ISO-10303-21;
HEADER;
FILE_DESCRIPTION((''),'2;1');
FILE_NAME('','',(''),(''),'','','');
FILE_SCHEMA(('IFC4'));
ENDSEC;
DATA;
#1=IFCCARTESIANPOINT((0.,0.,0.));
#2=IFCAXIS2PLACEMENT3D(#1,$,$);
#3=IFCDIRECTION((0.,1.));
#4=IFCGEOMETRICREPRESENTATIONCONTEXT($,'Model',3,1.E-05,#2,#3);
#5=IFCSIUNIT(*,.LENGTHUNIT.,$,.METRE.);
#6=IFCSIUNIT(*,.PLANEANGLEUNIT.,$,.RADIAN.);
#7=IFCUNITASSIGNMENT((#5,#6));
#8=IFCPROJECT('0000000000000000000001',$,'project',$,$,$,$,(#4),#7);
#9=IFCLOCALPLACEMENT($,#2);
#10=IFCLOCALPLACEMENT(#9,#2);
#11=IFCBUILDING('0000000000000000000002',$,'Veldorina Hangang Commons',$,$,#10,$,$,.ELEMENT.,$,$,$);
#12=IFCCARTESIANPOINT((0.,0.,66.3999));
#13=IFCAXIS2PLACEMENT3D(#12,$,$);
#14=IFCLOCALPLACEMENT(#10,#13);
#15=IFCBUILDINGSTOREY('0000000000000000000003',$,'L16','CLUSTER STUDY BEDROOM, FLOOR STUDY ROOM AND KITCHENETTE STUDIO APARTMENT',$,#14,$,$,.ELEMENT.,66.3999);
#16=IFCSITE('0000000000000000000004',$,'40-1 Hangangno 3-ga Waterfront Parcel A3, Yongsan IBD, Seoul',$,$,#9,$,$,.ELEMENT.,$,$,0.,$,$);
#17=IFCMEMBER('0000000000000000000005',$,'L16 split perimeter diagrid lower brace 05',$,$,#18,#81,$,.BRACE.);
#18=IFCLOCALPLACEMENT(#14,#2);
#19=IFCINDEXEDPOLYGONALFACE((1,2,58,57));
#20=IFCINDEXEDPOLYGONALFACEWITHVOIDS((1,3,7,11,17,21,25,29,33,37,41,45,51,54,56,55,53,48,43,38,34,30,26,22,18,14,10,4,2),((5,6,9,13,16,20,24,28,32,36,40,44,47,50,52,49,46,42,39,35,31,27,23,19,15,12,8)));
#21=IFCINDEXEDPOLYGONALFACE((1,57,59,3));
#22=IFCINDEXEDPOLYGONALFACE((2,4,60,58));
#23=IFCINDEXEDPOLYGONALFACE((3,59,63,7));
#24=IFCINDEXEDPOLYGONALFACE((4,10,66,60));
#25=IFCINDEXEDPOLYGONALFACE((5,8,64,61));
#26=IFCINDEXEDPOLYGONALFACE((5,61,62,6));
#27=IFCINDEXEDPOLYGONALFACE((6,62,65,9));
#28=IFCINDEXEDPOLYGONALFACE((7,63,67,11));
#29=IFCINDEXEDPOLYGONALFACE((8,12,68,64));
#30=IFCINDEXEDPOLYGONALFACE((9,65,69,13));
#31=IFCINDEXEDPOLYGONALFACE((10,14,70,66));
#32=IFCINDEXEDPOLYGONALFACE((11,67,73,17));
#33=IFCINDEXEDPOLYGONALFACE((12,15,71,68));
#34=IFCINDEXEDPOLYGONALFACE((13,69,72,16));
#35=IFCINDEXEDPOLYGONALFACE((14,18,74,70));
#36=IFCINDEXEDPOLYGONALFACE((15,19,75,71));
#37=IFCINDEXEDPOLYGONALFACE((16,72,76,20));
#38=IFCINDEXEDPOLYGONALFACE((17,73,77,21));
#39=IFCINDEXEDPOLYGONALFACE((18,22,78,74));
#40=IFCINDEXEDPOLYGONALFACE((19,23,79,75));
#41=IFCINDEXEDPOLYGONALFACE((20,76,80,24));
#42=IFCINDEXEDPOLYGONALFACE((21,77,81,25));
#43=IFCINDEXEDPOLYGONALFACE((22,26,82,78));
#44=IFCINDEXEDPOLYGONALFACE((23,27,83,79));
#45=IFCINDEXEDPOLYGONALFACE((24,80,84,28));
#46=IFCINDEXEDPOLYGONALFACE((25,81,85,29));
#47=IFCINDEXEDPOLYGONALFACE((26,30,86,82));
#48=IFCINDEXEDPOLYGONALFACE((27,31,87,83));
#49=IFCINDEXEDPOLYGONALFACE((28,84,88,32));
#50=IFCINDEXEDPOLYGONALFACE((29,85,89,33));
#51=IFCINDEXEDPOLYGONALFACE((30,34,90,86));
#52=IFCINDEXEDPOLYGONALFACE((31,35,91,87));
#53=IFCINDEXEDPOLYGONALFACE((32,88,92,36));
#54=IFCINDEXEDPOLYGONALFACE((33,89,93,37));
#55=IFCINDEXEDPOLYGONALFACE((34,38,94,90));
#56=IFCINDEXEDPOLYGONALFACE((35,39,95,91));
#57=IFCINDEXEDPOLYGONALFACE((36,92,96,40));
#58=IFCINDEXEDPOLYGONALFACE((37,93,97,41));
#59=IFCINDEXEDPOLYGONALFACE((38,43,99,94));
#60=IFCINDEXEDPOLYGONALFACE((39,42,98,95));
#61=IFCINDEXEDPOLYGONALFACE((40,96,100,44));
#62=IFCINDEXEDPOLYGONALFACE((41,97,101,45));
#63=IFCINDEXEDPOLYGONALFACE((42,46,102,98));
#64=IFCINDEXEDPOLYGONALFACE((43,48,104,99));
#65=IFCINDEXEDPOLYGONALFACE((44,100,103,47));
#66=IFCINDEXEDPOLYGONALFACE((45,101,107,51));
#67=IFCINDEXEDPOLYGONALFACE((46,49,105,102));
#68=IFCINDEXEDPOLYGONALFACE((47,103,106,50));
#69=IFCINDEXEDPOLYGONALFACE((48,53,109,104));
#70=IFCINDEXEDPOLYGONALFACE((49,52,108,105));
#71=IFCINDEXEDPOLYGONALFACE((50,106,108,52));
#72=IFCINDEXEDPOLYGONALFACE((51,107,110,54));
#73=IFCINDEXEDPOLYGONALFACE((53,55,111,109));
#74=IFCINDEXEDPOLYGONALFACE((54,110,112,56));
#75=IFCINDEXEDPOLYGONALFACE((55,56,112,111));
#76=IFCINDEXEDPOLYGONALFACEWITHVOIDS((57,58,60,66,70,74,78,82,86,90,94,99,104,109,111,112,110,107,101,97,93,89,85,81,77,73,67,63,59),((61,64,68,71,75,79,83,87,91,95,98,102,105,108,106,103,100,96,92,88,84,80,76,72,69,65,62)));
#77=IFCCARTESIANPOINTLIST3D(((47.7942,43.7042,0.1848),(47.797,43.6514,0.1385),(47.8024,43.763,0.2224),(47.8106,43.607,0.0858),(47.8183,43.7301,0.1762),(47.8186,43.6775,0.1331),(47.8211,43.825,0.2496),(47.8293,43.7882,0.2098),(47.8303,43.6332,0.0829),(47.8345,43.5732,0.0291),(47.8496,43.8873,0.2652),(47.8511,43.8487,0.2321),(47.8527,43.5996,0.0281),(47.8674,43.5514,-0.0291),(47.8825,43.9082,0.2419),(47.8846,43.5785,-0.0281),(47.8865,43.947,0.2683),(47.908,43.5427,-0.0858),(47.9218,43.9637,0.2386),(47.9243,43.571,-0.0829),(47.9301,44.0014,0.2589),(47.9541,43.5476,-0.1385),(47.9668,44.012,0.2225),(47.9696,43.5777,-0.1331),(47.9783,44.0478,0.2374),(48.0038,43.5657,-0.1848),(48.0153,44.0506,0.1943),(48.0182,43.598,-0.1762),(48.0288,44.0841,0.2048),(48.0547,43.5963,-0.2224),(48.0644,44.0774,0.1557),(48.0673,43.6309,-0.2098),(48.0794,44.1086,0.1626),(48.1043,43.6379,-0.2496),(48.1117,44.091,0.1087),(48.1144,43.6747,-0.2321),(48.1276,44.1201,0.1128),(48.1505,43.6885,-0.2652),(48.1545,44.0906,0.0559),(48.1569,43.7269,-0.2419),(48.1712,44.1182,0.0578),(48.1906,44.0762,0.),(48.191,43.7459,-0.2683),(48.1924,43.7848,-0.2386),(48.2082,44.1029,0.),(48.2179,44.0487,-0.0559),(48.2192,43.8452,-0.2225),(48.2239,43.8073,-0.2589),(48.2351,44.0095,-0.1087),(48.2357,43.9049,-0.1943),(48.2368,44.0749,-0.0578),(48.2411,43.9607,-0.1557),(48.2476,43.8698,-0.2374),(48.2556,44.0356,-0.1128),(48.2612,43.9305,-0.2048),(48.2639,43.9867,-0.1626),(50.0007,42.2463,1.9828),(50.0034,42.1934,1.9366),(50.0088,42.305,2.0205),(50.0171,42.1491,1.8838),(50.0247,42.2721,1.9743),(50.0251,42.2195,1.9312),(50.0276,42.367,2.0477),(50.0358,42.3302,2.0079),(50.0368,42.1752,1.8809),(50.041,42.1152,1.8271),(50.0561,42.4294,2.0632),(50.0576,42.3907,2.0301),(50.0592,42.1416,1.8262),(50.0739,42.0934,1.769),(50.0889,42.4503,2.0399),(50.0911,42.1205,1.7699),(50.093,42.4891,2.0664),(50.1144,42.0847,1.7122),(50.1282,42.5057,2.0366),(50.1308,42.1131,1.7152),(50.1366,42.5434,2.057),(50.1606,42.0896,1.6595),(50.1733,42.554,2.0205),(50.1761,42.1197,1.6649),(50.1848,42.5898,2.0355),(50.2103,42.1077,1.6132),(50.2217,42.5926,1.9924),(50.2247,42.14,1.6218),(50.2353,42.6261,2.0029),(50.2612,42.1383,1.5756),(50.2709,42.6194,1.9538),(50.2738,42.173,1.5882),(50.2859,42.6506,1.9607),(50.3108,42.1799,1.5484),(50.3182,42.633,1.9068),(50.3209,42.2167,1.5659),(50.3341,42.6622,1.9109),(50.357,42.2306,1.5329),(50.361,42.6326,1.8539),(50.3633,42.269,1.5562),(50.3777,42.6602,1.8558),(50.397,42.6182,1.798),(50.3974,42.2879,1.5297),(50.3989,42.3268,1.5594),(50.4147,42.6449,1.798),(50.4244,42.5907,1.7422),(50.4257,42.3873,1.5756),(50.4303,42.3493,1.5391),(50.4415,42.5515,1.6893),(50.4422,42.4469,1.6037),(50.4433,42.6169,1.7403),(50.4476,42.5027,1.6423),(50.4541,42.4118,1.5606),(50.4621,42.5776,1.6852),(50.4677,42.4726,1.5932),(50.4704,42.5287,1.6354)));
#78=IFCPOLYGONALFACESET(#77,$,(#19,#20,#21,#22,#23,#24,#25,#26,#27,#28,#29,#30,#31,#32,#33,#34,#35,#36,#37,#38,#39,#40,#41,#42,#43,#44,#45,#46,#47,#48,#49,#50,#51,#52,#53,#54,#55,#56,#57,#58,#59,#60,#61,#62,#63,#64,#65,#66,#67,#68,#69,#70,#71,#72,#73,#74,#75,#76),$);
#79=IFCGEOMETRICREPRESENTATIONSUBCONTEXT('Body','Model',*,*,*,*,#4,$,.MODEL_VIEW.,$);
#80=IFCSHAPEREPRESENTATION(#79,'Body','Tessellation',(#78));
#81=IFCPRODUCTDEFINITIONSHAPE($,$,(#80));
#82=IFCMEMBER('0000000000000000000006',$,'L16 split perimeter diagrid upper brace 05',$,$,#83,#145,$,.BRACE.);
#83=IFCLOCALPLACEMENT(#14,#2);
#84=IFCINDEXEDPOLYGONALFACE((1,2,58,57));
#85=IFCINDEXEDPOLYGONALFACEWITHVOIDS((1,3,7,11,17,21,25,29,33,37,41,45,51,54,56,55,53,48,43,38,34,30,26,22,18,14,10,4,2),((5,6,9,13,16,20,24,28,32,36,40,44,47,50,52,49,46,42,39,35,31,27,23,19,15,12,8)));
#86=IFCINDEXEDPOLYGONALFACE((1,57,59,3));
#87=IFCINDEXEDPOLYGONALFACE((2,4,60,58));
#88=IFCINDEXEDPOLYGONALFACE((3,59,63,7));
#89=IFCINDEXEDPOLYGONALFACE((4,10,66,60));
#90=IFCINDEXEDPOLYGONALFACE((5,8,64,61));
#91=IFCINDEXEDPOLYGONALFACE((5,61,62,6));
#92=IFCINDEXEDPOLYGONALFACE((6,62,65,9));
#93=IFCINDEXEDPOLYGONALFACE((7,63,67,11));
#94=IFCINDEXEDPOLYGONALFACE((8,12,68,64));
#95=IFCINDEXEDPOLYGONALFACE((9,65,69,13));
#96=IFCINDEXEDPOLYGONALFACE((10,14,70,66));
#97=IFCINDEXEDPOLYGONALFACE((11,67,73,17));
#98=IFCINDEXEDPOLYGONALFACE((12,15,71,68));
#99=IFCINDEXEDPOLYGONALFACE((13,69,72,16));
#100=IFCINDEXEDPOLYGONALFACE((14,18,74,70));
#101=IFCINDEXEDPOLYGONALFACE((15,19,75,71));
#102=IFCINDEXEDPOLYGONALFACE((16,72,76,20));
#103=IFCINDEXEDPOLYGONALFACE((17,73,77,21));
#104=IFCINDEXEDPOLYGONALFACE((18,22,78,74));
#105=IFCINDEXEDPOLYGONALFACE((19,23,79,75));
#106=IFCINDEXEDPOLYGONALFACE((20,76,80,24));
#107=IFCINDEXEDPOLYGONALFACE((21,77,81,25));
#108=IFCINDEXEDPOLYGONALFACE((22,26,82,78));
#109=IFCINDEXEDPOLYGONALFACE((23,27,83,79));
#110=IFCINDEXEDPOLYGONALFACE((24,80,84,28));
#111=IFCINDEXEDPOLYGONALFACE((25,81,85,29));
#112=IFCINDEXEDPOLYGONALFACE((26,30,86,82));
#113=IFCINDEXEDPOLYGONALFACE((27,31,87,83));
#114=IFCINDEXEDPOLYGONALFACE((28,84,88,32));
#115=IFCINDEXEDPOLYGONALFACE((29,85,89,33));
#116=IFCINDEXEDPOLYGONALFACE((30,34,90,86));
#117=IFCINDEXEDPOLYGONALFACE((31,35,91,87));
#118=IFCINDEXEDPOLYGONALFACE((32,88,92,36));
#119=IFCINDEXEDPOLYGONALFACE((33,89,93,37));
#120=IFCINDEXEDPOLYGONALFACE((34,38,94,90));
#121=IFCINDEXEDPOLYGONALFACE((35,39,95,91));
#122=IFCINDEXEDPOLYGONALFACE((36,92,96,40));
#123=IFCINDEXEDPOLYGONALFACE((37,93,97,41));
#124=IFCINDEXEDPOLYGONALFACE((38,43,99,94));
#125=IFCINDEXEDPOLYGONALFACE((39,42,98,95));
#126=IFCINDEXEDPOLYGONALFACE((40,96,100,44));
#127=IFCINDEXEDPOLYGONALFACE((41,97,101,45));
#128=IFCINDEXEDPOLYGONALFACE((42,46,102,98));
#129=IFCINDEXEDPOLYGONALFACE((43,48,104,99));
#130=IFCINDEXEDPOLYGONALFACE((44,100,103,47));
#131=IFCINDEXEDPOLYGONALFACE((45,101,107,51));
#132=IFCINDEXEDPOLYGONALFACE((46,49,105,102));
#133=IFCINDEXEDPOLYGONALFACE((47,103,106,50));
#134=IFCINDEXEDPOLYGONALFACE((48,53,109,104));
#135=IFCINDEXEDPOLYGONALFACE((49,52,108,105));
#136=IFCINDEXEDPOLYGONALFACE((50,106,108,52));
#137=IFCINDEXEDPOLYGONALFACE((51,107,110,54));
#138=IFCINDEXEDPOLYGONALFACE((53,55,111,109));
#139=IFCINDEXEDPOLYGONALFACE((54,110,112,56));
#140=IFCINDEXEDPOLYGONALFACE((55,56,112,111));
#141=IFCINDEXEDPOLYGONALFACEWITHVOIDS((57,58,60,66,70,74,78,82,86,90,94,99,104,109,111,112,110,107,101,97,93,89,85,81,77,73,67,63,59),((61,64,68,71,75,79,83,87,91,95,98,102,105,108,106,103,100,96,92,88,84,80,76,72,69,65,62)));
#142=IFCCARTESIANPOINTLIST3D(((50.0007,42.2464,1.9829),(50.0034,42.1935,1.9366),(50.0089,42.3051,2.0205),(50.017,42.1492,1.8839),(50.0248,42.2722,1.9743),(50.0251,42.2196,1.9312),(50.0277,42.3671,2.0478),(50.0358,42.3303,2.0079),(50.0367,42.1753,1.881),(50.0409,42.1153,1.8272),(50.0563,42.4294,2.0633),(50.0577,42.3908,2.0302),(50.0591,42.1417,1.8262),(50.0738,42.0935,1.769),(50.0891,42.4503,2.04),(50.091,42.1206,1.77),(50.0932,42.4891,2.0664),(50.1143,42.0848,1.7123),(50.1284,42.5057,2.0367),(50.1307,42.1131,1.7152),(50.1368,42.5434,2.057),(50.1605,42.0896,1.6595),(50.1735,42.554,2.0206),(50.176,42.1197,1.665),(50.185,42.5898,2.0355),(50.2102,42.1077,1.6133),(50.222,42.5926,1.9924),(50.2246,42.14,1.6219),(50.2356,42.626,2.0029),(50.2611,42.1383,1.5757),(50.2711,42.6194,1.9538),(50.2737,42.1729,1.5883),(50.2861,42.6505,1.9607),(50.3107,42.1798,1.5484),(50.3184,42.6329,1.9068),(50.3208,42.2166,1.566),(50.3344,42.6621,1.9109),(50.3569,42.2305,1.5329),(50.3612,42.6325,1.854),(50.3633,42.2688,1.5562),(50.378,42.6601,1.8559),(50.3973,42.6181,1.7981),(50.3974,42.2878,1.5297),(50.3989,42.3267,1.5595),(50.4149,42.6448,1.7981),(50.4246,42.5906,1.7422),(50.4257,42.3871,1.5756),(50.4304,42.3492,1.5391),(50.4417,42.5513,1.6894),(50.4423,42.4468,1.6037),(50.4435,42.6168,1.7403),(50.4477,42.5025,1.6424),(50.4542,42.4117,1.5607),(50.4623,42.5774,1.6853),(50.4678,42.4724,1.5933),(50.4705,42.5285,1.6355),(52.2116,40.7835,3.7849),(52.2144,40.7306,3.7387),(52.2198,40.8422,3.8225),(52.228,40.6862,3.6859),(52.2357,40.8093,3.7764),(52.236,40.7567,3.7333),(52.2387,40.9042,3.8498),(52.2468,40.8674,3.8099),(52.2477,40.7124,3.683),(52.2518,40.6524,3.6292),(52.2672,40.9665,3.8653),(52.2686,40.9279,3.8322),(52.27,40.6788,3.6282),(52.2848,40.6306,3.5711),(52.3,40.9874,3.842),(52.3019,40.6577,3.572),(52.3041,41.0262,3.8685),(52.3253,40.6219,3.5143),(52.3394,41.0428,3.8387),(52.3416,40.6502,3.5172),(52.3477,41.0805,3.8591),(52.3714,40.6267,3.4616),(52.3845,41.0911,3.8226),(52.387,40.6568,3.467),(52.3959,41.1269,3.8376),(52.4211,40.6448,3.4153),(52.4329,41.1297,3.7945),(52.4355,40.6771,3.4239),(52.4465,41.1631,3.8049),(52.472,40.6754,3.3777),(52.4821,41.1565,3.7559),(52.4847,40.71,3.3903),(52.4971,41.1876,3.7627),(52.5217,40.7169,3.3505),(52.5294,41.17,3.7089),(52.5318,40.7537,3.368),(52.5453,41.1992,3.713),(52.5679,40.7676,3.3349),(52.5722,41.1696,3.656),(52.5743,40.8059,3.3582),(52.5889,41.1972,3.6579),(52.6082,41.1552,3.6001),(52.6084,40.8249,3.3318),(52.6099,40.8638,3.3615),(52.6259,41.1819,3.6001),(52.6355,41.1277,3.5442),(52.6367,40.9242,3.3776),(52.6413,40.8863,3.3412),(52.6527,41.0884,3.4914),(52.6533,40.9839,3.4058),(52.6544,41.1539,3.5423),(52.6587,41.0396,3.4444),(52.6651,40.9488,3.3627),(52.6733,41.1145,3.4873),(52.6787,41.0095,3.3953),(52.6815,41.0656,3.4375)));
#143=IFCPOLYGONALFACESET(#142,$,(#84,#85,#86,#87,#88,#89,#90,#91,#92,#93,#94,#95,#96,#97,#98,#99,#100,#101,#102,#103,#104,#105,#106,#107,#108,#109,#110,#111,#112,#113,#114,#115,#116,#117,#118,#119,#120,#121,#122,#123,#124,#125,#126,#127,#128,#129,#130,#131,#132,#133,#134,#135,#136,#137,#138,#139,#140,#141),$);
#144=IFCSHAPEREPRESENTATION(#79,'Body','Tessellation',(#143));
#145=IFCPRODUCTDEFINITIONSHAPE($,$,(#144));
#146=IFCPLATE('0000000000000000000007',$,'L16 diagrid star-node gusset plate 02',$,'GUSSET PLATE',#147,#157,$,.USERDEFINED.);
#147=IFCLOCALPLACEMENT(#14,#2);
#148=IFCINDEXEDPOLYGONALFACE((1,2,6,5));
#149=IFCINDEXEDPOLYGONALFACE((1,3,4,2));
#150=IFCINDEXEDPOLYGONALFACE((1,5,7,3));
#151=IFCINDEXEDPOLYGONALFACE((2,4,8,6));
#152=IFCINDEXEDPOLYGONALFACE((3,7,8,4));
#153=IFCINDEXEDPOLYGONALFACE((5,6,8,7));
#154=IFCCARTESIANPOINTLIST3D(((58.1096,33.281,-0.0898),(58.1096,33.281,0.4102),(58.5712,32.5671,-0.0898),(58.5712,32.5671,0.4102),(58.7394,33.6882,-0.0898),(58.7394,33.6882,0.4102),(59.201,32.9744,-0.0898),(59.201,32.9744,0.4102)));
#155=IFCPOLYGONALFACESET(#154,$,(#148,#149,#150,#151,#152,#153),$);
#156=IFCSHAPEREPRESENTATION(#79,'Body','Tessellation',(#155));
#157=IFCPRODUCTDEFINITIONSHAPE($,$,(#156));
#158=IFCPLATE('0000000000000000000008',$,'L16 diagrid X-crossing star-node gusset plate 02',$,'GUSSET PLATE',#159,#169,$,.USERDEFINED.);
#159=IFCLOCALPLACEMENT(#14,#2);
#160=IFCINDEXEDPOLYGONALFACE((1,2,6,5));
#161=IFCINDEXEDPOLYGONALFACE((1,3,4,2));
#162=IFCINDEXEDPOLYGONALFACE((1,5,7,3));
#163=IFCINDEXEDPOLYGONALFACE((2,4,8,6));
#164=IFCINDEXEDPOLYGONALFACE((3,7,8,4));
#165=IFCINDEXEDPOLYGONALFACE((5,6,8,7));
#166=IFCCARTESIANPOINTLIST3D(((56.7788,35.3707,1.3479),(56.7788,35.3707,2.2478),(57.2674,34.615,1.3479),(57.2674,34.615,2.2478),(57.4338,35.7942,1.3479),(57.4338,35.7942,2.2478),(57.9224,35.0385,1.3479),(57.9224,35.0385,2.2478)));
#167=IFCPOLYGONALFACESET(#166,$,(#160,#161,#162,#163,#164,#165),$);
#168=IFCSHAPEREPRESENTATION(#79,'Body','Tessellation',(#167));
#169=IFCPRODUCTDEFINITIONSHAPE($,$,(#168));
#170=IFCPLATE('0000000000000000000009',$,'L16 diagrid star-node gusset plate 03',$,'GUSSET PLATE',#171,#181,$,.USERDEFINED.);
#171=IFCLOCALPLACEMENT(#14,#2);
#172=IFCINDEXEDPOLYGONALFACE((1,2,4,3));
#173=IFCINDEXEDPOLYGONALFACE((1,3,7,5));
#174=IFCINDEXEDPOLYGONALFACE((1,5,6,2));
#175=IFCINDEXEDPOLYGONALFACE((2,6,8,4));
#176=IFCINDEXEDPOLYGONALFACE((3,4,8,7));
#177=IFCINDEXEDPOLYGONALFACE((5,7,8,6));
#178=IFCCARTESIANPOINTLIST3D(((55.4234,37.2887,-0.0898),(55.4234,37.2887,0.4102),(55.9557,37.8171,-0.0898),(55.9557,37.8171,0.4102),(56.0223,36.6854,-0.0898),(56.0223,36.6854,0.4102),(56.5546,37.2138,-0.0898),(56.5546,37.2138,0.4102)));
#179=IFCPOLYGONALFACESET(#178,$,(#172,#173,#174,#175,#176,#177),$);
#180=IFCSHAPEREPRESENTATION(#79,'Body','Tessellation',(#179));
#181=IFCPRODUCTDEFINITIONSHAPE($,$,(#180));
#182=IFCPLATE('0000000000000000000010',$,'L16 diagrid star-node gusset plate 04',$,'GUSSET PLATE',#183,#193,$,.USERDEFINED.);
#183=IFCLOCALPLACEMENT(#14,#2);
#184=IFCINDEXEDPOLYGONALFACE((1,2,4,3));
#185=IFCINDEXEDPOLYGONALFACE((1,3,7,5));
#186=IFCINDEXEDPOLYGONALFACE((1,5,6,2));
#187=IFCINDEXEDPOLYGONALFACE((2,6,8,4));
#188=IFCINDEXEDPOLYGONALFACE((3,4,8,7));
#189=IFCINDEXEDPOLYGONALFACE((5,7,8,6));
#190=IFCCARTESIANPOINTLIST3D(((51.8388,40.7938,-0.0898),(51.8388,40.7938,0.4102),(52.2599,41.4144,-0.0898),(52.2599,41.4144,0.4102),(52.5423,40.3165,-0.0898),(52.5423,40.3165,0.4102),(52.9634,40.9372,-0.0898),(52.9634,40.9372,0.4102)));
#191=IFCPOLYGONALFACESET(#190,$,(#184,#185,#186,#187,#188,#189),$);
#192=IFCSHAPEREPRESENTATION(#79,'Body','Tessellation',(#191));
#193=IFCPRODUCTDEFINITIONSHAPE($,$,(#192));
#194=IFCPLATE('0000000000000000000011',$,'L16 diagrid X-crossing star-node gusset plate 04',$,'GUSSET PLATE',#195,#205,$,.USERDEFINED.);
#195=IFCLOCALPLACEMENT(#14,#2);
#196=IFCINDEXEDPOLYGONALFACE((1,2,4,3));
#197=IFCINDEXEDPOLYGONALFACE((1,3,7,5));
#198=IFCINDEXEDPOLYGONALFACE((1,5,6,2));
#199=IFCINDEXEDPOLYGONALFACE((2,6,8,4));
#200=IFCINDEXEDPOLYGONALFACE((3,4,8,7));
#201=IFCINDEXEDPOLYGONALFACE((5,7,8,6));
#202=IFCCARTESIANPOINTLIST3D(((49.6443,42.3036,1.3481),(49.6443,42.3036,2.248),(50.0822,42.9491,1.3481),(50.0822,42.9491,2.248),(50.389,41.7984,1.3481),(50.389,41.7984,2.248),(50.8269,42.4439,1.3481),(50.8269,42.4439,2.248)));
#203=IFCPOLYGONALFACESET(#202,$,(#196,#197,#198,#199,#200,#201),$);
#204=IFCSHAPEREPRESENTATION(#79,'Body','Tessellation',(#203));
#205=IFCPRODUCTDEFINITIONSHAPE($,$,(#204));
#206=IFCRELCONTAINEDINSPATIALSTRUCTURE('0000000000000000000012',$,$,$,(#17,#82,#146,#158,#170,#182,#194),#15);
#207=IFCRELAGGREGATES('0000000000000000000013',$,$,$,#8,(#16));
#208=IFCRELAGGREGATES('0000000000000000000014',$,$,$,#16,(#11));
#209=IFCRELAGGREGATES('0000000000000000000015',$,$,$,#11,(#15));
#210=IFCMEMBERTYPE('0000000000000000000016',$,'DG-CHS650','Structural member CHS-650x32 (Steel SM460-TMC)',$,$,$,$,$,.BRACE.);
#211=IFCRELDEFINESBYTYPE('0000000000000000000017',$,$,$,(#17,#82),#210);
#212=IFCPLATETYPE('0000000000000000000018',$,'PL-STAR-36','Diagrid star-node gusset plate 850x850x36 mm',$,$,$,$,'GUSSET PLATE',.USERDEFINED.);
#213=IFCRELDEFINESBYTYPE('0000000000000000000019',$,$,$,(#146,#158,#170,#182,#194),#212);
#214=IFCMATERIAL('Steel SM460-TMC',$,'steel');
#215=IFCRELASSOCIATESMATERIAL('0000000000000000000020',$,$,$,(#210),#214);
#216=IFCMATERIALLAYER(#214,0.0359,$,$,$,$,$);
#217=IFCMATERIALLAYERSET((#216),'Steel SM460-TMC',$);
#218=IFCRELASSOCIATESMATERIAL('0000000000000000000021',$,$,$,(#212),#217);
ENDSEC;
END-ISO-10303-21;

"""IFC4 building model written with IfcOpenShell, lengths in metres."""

from ifc_helpers import new_model, si_unit, direction, frame, origin, origin_2d, place, context, subcontext, project, spatial, rectangle, hollow_circle, extrude, material, layer, layer_set, material_profile, profile_set, type_object, element, save


model = new_model("IFC4")

# Units and contexts
model_context = context("Model", 3, precision=1e-05, world=origin(), true_north=direction((0.0, 1.0)))
body_context = subcontext(model_context, "Body", "Model", "MODEL_VIEW")
ifc_project = project(units=[si_unit("LENGTHUNIT", "METRE"), si_unit("PLANEANGLEUNIT", "RADIAN")], contexts=[model_context])

# Site, building, storey
site_placement = place(None, origin())
site = spatial("IfcSite", under=ifc_project, at=site_placement, Name="40-1 Hangangno 3-ga Waterfront Parcel A3, Yongsan IBD, Seoul", CompositionType="ELEMENT", RefElevation=0.0)
building_placement = place(site_placement, origin())
building = spatial("IfcBuilding", under=site, at=building_placement, Name="Veldorina Hangang Commons", CompositionType="ELEMENT")
storey_placement = place(building_placement, frame((0.0, 0.0, 66.3999)))
storey = spatial("IfcBuildingStorey", under=building, at=storey_placement, Name="L16", Description="CLUSTER STUDY BEDROOM, FLOOR STUDY ROOM AND KITCHENETTE STUDIO APARTMENT", CompositionType="ELEMENT", Elevation=66.3999)

# Members
ifc_material_1 = material(Name="Steel SM460-TMC", Category="steel")
ifc_material_profile_1 = material_profile(ifc_material_1, hollow_circle(Radius=0.325, WallThickness=0.032, at=origin_2d()), Name="CHS-650x32")
ifc_profile_set_1 = profile_set([ifc_material_profile_1], Name="Steel SM460-TMC")
member_type = type_object("IfcMemberType", Name="DG-CHS650", Description="Structural member CHS-650x32 (Steel SM460-TMC)", PredefinedType="BRACE", material=ifc_profile_set_1)
member_1_placement = place(storey_placement, frame((48.0291, 43.8318, 0.0), z_axis=(0.689957, -0.4559, 0.562241), x_axis=(0.551287, 0.834316, 0.0)))
element("IfcMember", 1, at=member_1_placement, inside=storey, type_object=member_type, Name="L16 split perimeter diagrid lower brace 05", PredefinedType="BRACE", context=body_context, shape_type="SweptSolid", body=[
    extrude(hollow_circle(Radius=0.325, WallThickness=0.032, at=origin_2d()), origin(), (0.0, 0.0, 1.0), 3.198),
])
member_2_placement = place(storey_placement, frame((50.2356, 42.3738, 1.7981), z_axis=(0.689723, -0.456363, 0.562152), x_axis=(0.551807, 0.833972, 0.0)))
element("IfcMember", 2, at=member_2_placement, inside=storey, type_object=member_type, Name="L16 split perimeter diagrid upper brace 05", PredefinedType="BRACE", context=body_context, shape_type="SweptSolid", body=[
    extrude(hollow_circle(Radius=0.325, WallThickness=0.032, at=origin_2d()), origin(), (0.0, 0.0, 1.0), 3.2056),
])

# Plates
ifc_layer_1 = layer(ifc_material_1, 0.0359)
ifc_layer_set_1 = layer_set([ifc_layer_1], Name="Steel SM460-TMC")
plate_type = type_object("IfcPlateType", Name="PL-STAR-36", Description="Diagrid star-node gusset plate 850x850x36 mm", ElementType="GUSSET PLATE", PredefinedType="USERDEFINED", material=ifc_layer_set_1)
plate_1_placement = place(storey_placement, frame((58.6553, 33.1277, -0.0898), z_axis=(0.0, 0.0, 1.0), x_axis=(-0.542969, 0.839753, 0.0)))
element("IfcPlate", 3, at=plate_1_placement, inside=storey, type_object=plate_type, Name="L16 diagrid star-node gusset plate 02", ObjectType="GUSSET PLATE", PredefinedType="USERDEFINED", context=body_context, shape_type="SweptSolid", body=[
    extrude(rectangle(XDim=0.8501, YDim=0.75, at=origin_2d()), origin(), (0.0, 0.0, 1.0), 0.5),
])
plate_2_placement = place(storey_placement, frame((57.3506, 35.2046, 1.3479), z_axis=(0.0, 0.0, 1.0), x_axis=(-0.542969, 0.839753, 0.0)))
element("IfcPlate", 4, at=plate_2_placement, inside=storey, type_object=plate_type, Name="L16 diagrid X-crossing star-node gusset plate 02", ObjectType="GUSSET PLATE", PredefinedType="USERDEFINED", context=body_context, shape_type="SweptSolid", body=[
    extrude(rectangle(XDim=0.8999, YDim=0.78, at=origin_2d()), origin(), (0.0, 0.0, 1.0), 0.8999),
])
for number, where, z_axis, x_axis, name in (
    (5, (55.989, 37.2512, -0.0898), (0.0, 0.0, 1.0), (-0.70451, 0.709694, 0.0), "L16 diagrid star-node gusset plate 03"),
    (6, (52.4011, 40.8655, -0.0898), (0.0, 0.0, 1.0), (-0.827532, 0.561419, 0.0), "L16 diagrid star-node gusset plate 04"),
):
    element("IfcPlate", number, at=place(storey_placement, frame(where, z_axis=z_axis, x_axis=x_axis)), inside=storey, type_object=plate_type, Name=name, ObjectType="GUSSET PLATE", PredefinedType="USERDEFINED", context=body_context, shape_type="SweptSolid", body=[
        extrude(rectangle(XDim=0.8501, YDim=0.75, at=origin_2d()), origin(), (0.0, 0.0, 1.0), 0.5),
    ])
plate_3_placement = place(storey_placement, frame((50.2356, 42.3738, 1.3481), z_axis=(0.0, 0.0, 1.0), x_axis=(-0.827532, 0.561419, 0.0)))
element("IfcPlate", 7, at=plate_3_placement, inside=storey, type_object=plate_type, Name="L16 diagrid X-crossing star-node gusset plate 04", ObjectType="GUSSET PLATE", PredefinedType="USERDEFINED", context=body_context, shape_type="SweptSolid", body=[
    extrude(rectangle(XDim=0.8999, YDim=0.78, at=origin_2d()), origin(), (0.0, 0.0, 1.0), 0.8999),
])

save(model, "model.ifc")
